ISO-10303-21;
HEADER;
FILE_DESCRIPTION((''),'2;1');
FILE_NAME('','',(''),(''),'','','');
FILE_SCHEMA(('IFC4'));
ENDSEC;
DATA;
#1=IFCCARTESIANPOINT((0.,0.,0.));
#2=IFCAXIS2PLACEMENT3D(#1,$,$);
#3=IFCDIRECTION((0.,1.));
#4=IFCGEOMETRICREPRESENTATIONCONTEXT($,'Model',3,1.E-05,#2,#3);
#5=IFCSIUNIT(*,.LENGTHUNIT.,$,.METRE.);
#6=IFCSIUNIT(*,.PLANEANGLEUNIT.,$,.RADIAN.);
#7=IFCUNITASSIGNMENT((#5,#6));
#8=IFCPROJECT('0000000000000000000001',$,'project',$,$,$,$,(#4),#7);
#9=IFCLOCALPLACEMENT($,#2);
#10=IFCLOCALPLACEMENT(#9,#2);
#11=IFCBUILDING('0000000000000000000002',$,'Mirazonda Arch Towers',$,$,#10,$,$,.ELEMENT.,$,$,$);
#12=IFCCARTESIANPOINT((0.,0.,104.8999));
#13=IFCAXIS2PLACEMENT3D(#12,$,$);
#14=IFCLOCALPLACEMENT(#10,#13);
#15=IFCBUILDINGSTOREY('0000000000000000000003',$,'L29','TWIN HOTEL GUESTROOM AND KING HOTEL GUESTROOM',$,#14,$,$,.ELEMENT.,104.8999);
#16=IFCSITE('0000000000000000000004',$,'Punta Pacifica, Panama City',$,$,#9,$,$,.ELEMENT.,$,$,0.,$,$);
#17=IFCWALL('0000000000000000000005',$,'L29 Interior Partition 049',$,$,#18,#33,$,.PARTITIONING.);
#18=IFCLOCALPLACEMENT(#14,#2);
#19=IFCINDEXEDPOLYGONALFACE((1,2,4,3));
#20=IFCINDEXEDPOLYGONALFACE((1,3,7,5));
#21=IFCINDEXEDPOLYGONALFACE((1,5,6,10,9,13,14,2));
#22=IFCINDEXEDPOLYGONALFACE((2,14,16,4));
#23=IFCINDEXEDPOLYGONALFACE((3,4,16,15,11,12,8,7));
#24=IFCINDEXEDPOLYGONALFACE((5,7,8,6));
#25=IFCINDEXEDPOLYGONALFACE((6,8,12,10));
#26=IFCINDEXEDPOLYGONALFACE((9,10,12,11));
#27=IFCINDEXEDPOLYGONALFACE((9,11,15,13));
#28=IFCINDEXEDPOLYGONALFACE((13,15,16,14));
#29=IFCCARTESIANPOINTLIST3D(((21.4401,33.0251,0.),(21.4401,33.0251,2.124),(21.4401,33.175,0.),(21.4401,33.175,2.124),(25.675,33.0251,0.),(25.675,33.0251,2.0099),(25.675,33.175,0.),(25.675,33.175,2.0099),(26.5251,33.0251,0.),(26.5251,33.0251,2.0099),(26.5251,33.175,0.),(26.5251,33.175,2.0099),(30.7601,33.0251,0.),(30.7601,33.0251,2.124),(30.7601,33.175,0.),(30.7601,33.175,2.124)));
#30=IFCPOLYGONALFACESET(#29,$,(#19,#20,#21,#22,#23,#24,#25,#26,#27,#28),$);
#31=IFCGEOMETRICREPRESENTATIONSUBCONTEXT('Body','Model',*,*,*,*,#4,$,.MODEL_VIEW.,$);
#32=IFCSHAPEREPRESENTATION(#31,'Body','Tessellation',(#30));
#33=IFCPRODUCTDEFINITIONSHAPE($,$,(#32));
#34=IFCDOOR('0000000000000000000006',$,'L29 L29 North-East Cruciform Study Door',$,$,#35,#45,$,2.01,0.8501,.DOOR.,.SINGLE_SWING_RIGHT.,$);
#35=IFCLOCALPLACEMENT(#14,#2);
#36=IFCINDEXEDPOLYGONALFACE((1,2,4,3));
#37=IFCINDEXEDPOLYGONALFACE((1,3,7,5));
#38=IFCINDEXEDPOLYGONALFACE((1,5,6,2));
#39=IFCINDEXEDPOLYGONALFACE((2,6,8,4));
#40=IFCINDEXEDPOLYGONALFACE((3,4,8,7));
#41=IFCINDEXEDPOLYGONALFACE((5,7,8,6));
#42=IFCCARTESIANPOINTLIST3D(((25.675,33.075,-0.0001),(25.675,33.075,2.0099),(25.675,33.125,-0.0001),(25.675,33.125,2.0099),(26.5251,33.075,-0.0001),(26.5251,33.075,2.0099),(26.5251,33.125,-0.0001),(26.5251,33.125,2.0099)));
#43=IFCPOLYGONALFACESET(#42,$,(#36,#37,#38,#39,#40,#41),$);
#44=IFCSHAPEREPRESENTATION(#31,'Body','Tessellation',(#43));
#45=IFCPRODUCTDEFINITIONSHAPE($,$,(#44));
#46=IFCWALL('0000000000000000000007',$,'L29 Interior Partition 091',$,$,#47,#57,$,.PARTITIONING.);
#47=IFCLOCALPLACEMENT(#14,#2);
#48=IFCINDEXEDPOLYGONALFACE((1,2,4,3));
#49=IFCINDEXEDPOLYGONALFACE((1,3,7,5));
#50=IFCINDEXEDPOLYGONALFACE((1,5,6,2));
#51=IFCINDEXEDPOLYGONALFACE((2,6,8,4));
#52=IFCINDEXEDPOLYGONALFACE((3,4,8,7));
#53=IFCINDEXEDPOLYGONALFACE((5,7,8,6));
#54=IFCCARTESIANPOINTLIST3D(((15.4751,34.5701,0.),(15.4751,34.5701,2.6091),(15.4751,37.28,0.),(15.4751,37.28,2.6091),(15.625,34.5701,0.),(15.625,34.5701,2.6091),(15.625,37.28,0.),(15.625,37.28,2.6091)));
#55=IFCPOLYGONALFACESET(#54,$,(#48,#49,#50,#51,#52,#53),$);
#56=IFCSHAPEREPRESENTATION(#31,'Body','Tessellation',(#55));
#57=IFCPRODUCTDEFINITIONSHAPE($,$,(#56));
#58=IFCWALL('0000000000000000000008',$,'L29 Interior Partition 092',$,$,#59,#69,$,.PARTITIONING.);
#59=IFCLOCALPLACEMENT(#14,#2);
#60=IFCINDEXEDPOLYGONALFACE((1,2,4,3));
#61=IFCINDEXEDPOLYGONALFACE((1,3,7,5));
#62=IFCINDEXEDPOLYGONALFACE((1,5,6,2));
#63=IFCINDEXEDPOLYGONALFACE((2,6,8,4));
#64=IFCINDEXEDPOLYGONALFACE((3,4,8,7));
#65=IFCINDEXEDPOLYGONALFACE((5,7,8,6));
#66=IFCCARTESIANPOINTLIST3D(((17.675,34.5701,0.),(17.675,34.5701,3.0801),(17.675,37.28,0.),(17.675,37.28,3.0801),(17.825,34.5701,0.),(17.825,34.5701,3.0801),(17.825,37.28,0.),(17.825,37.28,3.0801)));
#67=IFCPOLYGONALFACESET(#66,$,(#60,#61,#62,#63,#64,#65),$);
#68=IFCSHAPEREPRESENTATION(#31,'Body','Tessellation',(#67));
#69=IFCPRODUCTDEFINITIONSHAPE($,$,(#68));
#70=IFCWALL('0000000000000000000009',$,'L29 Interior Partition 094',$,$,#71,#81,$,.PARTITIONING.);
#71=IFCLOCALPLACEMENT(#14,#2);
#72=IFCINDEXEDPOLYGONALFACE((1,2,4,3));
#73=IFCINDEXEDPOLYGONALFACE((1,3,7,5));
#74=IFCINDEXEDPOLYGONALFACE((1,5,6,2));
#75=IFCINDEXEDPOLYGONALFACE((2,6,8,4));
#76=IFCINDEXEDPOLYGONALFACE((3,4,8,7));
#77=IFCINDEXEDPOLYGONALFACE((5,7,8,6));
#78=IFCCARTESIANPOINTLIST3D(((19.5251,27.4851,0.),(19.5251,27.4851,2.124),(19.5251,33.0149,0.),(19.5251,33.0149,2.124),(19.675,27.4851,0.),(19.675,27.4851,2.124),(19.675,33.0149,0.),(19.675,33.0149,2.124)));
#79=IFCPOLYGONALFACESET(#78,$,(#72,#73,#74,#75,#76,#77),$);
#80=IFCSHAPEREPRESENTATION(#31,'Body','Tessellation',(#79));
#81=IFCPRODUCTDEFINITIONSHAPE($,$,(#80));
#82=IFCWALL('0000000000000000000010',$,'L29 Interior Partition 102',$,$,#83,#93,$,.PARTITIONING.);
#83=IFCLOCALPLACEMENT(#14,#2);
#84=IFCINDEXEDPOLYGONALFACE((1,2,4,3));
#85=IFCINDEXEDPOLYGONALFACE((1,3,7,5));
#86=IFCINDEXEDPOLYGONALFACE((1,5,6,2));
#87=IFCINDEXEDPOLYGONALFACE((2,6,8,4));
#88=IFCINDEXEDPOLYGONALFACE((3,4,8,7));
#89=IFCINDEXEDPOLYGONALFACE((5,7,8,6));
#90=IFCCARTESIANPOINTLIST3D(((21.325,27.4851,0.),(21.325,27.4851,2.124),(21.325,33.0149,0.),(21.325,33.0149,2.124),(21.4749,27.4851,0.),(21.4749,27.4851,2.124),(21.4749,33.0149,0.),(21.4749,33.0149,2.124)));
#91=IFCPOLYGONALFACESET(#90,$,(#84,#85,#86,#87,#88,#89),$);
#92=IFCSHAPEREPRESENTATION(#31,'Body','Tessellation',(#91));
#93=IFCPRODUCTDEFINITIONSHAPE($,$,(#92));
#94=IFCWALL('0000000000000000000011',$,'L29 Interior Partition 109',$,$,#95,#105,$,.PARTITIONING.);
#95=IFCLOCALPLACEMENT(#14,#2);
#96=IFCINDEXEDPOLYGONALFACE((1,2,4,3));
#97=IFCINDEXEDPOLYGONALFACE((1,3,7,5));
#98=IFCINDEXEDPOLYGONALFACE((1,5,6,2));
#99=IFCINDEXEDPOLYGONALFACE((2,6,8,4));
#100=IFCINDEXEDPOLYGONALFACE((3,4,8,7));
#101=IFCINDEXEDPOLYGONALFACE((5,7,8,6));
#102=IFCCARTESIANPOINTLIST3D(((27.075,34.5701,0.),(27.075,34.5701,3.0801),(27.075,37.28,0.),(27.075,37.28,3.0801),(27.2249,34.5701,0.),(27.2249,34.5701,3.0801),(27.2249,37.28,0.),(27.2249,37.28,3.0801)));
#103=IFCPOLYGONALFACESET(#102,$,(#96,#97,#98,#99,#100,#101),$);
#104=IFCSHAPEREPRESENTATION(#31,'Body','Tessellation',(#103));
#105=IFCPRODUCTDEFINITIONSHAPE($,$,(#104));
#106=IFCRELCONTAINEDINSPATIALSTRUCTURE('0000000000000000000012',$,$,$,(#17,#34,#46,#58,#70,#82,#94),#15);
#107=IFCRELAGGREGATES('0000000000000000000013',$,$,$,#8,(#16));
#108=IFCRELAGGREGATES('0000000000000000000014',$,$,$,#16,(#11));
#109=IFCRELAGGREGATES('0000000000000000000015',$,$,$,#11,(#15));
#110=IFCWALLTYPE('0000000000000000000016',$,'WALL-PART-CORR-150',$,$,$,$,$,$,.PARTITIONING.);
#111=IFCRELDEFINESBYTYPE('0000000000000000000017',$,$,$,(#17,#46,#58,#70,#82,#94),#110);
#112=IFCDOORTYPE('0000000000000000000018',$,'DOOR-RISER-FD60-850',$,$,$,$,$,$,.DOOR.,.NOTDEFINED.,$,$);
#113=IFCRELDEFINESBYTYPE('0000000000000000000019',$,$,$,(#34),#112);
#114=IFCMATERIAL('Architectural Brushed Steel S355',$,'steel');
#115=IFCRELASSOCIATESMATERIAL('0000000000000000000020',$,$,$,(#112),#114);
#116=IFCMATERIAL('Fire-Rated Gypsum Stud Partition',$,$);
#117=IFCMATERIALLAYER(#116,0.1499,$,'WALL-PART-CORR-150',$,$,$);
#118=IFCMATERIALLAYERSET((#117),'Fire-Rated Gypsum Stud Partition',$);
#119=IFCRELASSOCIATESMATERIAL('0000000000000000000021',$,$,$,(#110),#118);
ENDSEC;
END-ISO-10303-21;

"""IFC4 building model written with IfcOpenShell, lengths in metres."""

from ifc_helpers import new_model, si_unit, direction, frame, frame_2d, origin, place, context, subcontext, project, spatial, rectangle, extrude, material, layer, layer_set, type_object, element, fill, save


model = new_model("IFC4")

# Units and contexts
model_context = context("Model", 3, precision=1e-05, world=origin(), true_north=direction((0.0, 1.0)))
body_context = subcontext(model_context, "Body", "Model", "MODEL_VIEW")
ifc_project = project(units=[si_unit("LENGTHUNIT", "METRE"), si_unit("PLANEANGLEUNIT", "RADIAN")], contexts=[model_context])

# Site, building, storey
site_placement = place(None, origin())
site = spatial("IfcSite", under=ifc_project, at=site_placement, Name="Punta Pacifica, Panama City", CompositionType="ELEMENT", RefElevation=0.0)
building_placement = place(site_placement, origin())
building = spatial("IfcBuilding", under=site, at=building_placement, Name="Mirazonda Arch Towers", CompositionType="ELEMENT")
storey_placement = place(building_placement, frame((0.0, 0.0, 104.8999)))
storey = spatial("IfcBuildingStorey", under=building, at=storey_placement, Name="L29", Description="TWIN HOTEL GUESTROOM AND KING HOTEL GUESTROOM", CompositionType="ELEMENT", Elevation=104.8999)

# Shared definitions
ifc_material_1 = material(Name="Architectural Brushed Steel S355", Category="steel")
door_type = type_object("IfcDoorType", Name="DOOR-RISER-FD60-850", OperationType="NOTDEFINED", PredefinedType="DOOR", material=ifc_material_1)

# Shared definitions
ifc_material_2 = material(Name="Fire-Rated Gypsum Stud Partition")
ifc_layer_1 = layer(ifc_material_2, 0.1499, Name="WALL-PART-CORR-150")
ifc_layer_set_1 = layer_set([ifc_layer_1], Name="Fire-Rated Gypsum Stud Partition")
wall_type_1 = type_object("IfcWallType", Name="WALL-PART-CORR-150", PredefinedType="PARTITIONING", material=ifc_layer_set_1)

# Wall, opening, door
wall_1_placement = place(storey_placement, frame((21.4399, 33.1001, 0.0), z_axis=(0.0, 0.0, 1.0), x_axis=(1.0, 0.0, 0.0)))
wall_1 = element("IfcWall", 1, at=wall_1_placement, inside=storey, type_object=wall_type_1, Name="L29 Interior Partition 049", PredefinedType="PARTITIONING", context=body_context, shape_type="SweptSolid", body=[
    extrude(rectangle(XDim=9.3201, YDim=0.1499, at=frame_2d((4.6602, 0.0))), origin(), (0.0, 0.0, 1.0), 2.124),
])
opening_1_placement = place(wall_1_placement, frame((4.2351, 0.0, 0.0)))
opening_1 = element("IfcOpeningElement", 2, at=opening_1_placement, cuts=wall_1, PredefinedType="OPENING", context=body_context, shape_type="SweptSolid", body=[
    extrude(rectangle(XDim=0.8501, YDim=2.01, at=frame_2d((0.425, 1.0049))), frame((0.0, 0.085, 0.0), z_axis=(0.0, -1.0, 0.0), x_axis=(1.0, 0.0, 0.0)), (0.0, 0.0, 1.0), 0.1699),
])
door_1_placement = place(opening_1_placement, origin())
door_1 = element("IfcDoor", 3, at=door_1_placement, inside=storey, type_object=door_type, Name="L29 L29 North-East Cruciform Study Door", OperationType="SINGLE_SWING_RIGHT", OverallHeight=2.01, OverallWidth=0.8501, PredefinedType="DOOR", context=body_context, shape_type="SweptSolid", body=[
    extrude(rectangle(XDim=0.8501, YDim=2.01, at=frame_2d((0.425, 1.0049))), frame((0.0, 0.0249, 0.0), z_axis=(0.0, -1.0, 0.0), x_axis=(1.0, 0.0, 0.0)), (0.0, 0.0, 1.0), 0.05),
])
fill(opening_1, door_1)

# Walls
wall_2_placement = place(storey_placement, frame((15.55, 34.5701, 0.0), z_axis=(0.0, 0.0, 1.0), x_axis=(0.0, 1.0, 0.0)))
element("IfcWall", 4, at=wall_2_placement, inside=storey, type_object=wall_type_1, Name="L29 Interior Partition 091", PredefinedType="PARTITIONING", context=body_context, shape_type="SweptSolid", body=[
    extrude(rectangle(XDim=2.71, YDim=0.1499, at=frame_2d((1.355, 0.0))), origin(), (0.0, 0.0, 1.0), 2.6091),
])
wall_3_placement = place(storey_placement, frame((17.75, 34.5701, 0.0), z_axis=(0.0, 0.0, 1.0), x_axis=(0.0, 1.0, 0.0)))
element("IfcWall", 5, at=wall_3_placement, inside=storey, type_object=wall_type_1, Name="L29 Interior Partition 092", PredefinedType="PARTITIONING", context=body_context, shape_type="SweptSolid", body=[
    extrude(rectangle(XDim=2.71, YDim=0.1499, at=frame_2d((1.355, 0.0))), origin(), (0.0, 0.0, 1.0), 3.0801),
])
for number, where, z_axis, x_axis, name in (
    (6, (19.6001, 27.4851, 0.0), (0.0, 0.0, 1.0), (0.0, 1.0, 0.0), "L29 Interior Partition 094"),
    (7, (21.3999, 27.4851, 0.0), (0.0, 0.0, 1.0), (0.0, 1.0, 0.0), "L29 Interior Partition 102"),
):
    element("IfcWall", number, at=place(storey_placement, frame(where, z_axis=z_axis, x_axis=x_axis)), inside=storey, type_object=wall_type_1, Name=name, PredefinedType="PARTITIONING", context=body_context, shape_type="SweptSolid", body=[
        extrude(rectangle(XDim=5.5298, YDim=0.1499, at=frame_2d((2.7649, 0.0))), origin(), (0.0, 0.0, 1.0), 2.124),
    ])
wall_4_placement = place(storey_placement, frame((27.1499, 34.5701, 0.0), z_axis=(0.0, 0.0, 1.0), x_axis=(0.0, 1.0, 0.0)))
element("IfcWall", 8, at=wall_4_placement, inside=storey, type_object=wall_type_1, Name="L29 Interior Partition 109", PredefinedType="PARTITIONING", context=body_context, shape_type="SweptSolid", body=[
    extrude(rectangle(XDim=2.71, YDim=0.1499, at=frame_2d((1.355, 0.0))), origin(), (0.0, 0.0, 1.0), 3.0801),
])

save(model, "model.ifc")
